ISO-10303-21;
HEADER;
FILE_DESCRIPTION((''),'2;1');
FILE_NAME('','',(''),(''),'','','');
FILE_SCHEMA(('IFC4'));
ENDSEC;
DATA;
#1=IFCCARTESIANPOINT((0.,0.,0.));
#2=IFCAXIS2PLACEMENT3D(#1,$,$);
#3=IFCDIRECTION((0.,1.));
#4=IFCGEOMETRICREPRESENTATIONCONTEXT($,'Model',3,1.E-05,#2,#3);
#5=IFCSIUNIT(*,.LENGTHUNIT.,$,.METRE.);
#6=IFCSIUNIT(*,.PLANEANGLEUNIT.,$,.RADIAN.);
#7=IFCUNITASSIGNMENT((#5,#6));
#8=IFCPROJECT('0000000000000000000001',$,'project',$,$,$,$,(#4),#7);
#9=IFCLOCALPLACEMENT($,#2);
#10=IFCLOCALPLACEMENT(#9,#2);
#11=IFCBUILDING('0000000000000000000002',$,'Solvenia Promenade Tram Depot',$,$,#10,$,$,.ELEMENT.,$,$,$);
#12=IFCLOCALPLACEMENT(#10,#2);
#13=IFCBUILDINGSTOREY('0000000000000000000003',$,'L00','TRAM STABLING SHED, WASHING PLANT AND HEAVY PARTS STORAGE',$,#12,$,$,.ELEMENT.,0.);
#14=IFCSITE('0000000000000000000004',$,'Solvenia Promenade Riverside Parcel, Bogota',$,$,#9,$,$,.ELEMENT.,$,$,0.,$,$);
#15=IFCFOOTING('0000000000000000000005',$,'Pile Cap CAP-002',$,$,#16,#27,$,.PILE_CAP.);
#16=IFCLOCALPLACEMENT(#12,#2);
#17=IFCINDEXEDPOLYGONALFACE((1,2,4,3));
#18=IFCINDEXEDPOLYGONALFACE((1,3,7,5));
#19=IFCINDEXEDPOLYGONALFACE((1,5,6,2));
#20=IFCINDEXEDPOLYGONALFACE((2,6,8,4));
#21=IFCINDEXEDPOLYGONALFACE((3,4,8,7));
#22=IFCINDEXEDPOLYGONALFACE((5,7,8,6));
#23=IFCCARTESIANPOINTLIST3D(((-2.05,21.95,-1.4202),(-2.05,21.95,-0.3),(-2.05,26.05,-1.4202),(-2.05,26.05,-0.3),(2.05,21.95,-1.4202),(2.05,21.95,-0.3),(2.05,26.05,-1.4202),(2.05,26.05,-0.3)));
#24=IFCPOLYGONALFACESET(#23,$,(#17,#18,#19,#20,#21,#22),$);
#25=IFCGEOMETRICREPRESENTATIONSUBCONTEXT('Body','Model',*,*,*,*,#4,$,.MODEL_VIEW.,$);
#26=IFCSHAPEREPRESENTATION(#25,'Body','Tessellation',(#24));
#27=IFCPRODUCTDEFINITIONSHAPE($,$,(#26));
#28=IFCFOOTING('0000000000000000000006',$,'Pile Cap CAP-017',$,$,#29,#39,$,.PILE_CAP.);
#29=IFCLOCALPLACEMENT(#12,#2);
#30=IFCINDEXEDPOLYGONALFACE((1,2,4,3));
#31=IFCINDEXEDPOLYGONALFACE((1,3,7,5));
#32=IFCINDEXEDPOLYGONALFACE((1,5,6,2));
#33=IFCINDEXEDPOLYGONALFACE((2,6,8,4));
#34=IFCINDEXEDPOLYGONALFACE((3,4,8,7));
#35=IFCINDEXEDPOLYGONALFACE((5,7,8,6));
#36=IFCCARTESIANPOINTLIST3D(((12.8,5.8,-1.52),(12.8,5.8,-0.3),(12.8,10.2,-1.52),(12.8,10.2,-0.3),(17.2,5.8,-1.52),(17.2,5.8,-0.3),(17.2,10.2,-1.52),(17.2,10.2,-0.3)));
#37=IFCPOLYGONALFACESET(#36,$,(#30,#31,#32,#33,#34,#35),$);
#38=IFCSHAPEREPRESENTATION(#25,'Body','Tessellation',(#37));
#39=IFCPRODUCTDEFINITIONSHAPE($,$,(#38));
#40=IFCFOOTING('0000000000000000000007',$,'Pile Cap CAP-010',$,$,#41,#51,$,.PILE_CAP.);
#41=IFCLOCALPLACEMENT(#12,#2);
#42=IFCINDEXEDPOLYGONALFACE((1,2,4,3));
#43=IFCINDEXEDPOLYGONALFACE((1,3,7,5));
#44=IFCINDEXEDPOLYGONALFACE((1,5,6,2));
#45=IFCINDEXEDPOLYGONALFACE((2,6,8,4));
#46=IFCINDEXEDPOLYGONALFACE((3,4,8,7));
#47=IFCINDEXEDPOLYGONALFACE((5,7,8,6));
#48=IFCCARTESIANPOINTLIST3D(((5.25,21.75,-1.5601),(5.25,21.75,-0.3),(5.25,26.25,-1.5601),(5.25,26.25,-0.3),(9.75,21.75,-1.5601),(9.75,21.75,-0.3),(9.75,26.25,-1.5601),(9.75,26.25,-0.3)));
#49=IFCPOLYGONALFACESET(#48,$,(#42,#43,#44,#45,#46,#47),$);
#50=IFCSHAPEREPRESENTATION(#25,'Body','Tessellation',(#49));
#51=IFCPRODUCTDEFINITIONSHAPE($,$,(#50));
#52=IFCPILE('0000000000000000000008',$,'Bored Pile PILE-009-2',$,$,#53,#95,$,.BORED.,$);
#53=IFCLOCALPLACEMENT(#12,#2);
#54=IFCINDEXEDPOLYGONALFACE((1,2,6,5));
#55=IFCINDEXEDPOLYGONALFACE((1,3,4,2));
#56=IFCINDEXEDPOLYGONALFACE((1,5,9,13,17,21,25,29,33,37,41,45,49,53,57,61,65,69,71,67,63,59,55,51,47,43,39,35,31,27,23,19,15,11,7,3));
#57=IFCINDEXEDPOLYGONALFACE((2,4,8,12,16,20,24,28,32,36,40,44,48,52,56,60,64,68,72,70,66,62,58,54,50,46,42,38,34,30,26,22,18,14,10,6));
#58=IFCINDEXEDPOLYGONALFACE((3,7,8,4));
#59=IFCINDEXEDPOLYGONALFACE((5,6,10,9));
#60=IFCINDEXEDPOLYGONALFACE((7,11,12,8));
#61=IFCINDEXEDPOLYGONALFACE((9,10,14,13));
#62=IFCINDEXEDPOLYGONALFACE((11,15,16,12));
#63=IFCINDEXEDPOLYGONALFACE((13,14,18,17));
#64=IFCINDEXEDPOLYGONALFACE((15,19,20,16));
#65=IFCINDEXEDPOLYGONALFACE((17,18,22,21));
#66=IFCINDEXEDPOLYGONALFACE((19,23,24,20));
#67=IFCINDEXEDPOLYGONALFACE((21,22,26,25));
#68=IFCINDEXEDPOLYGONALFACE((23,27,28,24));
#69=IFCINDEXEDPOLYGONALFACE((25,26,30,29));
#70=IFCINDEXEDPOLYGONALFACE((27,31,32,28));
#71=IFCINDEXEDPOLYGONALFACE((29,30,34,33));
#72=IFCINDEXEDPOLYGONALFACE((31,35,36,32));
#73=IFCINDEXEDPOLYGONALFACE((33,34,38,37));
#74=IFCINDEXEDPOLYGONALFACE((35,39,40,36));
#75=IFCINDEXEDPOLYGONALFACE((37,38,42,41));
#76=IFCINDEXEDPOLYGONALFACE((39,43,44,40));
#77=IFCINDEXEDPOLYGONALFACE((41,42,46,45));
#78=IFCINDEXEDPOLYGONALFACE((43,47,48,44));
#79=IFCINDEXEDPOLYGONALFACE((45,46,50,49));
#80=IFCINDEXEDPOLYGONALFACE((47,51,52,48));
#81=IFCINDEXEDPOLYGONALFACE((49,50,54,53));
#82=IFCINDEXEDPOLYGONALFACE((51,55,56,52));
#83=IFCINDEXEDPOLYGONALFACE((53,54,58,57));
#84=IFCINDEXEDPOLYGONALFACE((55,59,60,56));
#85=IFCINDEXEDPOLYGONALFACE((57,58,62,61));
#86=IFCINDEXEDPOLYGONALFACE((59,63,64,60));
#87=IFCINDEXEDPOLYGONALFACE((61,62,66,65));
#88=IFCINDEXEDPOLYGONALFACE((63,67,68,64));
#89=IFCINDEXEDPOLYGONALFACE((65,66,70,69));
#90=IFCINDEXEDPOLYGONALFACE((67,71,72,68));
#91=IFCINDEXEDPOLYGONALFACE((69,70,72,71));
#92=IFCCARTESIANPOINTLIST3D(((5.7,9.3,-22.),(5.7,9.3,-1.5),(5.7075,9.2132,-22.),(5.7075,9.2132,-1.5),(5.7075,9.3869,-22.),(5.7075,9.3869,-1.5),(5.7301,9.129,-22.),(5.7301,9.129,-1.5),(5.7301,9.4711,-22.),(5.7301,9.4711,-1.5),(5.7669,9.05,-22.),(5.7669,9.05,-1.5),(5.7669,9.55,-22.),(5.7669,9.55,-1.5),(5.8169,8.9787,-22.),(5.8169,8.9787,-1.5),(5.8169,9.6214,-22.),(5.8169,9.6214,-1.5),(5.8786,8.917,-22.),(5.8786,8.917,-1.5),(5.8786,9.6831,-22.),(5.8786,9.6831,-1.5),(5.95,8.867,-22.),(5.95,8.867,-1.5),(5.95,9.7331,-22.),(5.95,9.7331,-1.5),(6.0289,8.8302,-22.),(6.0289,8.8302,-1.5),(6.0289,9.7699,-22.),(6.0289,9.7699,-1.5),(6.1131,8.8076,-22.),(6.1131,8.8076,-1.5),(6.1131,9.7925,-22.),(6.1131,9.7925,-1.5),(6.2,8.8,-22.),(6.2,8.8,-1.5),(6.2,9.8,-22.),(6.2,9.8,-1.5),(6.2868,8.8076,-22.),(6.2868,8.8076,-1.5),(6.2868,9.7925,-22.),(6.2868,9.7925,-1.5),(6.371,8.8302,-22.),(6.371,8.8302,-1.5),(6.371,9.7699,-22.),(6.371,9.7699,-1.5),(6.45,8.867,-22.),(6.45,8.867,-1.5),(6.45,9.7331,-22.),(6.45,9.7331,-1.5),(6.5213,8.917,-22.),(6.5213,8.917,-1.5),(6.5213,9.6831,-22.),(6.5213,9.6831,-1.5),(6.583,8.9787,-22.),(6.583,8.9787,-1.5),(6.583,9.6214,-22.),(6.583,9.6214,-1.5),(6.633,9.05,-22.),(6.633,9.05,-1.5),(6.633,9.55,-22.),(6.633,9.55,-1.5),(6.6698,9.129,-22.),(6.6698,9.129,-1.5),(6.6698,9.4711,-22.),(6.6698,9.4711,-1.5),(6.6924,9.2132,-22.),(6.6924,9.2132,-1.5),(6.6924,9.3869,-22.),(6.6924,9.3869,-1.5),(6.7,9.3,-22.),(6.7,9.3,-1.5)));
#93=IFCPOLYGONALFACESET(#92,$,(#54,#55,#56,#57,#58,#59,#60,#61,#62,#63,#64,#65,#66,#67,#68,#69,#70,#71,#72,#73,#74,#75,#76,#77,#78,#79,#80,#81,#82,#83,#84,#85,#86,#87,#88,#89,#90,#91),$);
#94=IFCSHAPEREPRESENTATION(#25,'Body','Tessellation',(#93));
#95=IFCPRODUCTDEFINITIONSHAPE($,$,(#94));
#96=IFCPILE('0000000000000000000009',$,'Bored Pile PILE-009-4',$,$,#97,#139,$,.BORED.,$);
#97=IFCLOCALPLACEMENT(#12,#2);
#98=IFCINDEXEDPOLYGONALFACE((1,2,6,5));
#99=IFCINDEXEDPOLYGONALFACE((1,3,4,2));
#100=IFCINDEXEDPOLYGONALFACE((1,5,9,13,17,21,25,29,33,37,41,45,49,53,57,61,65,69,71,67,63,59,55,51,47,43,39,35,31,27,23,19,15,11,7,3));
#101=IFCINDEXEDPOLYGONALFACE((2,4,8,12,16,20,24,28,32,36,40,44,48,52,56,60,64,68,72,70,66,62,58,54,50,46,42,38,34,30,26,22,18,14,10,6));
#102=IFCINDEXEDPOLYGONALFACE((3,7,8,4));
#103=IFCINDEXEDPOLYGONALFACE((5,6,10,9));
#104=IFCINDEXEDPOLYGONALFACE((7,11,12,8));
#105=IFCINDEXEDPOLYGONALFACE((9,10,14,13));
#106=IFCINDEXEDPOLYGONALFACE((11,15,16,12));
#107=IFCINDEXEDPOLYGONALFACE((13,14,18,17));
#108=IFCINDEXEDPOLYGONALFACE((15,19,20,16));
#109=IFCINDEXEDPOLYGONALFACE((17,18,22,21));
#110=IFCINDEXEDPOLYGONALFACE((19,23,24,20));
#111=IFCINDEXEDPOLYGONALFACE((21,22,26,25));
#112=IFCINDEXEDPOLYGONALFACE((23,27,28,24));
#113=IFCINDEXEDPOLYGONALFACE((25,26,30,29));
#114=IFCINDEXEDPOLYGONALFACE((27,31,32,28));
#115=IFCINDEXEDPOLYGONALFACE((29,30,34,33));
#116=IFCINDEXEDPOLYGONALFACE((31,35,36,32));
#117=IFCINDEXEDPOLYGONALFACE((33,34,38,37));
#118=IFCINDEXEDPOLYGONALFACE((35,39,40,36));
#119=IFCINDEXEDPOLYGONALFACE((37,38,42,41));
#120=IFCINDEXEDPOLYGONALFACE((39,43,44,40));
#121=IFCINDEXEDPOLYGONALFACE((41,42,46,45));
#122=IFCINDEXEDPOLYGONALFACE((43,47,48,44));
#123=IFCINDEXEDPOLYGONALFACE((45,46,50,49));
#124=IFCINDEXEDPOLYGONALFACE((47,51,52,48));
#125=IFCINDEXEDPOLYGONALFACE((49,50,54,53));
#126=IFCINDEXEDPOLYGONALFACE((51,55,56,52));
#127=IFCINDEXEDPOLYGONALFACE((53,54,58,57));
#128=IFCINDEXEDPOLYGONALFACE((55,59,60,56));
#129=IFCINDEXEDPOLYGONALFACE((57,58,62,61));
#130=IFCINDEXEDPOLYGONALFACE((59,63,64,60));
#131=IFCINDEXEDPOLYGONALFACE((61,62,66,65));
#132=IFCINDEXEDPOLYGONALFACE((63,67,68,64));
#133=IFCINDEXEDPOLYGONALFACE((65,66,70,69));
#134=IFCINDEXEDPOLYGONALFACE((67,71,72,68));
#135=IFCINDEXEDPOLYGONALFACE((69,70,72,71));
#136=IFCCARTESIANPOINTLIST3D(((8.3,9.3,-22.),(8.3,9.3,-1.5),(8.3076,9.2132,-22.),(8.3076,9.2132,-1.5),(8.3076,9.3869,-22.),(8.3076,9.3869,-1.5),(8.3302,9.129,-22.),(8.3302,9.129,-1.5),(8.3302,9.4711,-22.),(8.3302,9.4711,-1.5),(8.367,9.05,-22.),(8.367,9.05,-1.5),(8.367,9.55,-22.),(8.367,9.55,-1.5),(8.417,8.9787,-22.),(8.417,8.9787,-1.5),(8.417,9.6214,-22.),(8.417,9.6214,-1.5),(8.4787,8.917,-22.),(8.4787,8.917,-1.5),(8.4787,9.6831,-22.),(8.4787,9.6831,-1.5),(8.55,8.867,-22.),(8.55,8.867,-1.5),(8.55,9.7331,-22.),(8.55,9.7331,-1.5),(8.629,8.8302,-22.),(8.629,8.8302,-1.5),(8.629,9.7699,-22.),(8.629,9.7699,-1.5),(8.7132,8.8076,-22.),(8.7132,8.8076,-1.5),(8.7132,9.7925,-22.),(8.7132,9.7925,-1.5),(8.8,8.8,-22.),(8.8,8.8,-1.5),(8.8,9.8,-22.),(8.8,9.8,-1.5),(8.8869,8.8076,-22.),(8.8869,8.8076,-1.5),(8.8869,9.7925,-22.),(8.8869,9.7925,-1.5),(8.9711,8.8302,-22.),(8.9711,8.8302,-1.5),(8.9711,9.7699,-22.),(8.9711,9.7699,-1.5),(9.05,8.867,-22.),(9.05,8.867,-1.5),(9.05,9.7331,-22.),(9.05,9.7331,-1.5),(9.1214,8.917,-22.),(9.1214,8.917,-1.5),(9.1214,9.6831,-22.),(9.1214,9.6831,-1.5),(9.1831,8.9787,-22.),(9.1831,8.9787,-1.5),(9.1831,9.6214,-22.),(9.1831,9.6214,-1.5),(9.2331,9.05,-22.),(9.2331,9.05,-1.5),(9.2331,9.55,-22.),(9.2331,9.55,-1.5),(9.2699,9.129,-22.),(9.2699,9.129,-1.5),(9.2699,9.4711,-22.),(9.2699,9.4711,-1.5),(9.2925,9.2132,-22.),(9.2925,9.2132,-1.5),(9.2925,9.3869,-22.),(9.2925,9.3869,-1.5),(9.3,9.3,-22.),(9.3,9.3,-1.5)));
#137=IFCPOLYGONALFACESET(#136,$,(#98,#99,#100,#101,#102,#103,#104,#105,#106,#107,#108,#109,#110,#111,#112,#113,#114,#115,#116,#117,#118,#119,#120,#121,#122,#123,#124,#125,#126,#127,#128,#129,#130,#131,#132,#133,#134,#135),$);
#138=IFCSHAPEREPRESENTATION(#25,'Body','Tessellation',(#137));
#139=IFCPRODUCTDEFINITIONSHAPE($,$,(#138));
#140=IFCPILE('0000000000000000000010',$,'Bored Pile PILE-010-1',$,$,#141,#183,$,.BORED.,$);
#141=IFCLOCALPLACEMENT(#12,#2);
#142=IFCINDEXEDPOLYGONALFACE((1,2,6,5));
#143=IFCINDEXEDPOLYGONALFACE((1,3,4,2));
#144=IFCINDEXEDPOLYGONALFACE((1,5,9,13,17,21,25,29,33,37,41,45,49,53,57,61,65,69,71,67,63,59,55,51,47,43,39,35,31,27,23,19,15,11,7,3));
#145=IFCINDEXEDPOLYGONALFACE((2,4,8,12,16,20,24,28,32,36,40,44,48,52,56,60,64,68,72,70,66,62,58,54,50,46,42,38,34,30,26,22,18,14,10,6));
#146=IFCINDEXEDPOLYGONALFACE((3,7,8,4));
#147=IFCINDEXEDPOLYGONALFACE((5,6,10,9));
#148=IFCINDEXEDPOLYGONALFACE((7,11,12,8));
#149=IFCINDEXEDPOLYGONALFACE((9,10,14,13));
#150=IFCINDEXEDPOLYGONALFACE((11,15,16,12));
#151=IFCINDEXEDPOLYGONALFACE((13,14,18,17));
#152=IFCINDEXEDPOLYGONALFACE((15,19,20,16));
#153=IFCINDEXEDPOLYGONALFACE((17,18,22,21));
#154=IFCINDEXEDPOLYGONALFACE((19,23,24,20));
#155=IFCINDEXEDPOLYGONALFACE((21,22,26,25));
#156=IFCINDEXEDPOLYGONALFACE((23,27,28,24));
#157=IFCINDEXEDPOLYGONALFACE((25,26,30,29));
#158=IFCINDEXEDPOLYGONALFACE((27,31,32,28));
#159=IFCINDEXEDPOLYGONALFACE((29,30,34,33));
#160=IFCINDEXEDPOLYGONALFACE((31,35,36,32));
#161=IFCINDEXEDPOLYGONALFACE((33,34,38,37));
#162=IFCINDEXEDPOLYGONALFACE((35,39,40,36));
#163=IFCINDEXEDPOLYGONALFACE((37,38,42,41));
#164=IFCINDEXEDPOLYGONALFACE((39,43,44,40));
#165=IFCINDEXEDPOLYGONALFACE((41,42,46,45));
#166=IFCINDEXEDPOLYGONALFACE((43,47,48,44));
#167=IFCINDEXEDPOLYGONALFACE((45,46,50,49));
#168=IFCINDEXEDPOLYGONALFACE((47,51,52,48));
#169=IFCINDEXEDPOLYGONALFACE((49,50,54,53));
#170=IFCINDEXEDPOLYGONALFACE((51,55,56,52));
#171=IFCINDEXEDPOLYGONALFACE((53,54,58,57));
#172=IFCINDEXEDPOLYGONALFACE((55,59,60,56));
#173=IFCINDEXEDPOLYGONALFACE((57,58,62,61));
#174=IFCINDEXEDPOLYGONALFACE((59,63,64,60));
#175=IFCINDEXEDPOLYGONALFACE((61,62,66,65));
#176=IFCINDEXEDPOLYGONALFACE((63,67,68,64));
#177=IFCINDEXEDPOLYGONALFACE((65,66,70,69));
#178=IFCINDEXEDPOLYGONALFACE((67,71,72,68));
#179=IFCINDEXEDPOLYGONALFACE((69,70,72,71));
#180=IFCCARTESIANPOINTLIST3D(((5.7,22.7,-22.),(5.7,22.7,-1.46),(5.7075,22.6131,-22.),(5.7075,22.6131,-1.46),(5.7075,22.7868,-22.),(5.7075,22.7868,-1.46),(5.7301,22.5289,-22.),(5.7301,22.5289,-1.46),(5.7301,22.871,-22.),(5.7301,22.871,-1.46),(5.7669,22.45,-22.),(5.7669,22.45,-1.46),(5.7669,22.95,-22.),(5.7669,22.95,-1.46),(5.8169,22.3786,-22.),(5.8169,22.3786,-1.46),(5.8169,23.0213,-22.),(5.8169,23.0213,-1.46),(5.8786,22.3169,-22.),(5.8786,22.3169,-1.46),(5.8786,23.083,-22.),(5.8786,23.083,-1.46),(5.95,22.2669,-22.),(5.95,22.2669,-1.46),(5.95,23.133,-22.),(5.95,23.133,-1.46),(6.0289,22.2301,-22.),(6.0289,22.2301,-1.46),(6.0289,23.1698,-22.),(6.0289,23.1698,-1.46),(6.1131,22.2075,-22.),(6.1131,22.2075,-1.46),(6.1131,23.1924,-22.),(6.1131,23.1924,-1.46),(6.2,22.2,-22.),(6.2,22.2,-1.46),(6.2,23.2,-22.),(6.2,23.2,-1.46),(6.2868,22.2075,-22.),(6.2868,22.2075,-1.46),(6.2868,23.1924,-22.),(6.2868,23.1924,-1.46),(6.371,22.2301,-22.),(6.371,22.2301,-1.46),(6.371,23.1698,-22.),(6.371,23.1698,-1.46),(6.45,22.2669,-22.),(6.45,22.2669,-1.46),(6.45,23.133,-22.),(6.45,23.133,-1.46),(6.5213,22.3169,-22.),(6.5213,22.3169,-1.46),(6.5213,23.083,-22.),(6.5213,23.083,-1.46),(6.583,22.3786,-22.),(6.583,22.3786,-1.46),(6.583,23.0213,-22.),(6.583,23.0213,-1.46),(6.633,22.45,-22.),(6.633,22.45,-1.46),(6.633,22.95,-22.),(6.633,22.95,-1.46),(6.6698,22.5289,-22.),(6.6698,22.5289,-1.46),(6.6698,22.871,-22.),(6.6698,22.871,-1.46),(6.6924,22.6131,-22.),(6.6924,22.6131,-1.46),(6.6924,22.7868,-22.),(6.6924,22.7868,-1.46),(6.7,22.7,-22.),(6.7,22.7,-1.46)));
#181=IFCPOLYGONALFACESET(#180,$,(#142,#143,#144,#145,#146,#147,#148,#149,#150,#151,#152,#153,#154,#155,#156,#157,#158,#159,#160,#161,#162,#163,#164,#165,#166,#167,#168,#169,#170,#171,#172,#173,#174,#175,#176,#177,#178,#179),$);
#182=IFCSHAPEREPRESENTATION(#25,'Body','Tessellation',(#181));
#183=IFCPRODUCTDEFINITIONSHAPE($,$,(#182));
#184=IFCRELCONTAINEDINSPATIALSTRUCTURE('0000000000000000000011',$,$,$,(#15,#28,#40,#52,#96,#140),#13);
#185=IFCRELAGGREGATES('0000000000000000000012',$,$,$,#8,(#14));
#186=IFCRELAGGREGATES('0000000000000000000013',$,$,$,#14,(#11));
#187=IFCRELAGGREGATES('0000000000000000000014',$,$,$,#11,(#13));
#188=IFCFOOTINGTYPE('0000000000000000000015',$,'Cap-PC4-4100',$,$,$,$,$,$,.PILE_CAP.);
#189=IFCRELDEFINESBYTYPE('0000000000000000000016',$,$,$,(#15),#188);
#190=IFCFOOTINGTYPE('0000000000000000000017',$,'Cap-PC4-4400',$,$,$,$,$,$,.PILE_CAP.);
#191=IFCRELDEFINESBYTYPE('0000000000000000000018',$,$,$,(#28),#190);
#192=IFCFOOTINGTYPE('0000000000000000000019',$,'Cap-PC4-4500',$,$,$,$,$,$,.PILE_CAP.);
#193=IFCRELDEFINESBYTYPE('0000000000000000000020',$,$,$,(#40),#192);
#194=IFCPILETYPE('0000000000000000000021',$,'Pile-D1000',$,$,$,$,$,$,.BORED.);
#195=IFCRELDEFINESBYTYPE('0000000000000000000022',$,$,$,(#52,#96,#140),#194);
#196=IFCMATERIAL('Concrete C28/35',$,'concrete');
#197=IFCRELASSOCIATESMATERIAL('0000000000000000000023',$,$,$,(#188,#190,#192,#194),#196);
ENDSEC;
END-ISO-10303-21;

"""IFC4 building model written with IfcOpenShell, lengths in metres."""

from ifc_helpers import new_model, si_unit, direction, frame, origin, origin_2d, place, context, subcontext, project, spatial, rectangle, circle, extrude, material, material_profile, profile_set, type_object, element, save


model = new_model("IFC4")

# Units and contexts
model_context = context("Model", 3, precision=1e-05, world=origin(), true_north=direction((0.0, 1.0)))
body_context = subcontext(model_context, "Body", "Model", "MODEL_VIEW")
ifc_project = project(units=[si_unit("LENGTHUNIT", "METRE"), si_unit("PLANEANGLEUNIT", "RADIAN")], contexts=[model_context])

# Site, building, storey
site_placement = place(None, origin())
site = spatial("IfcSite", under=ifc_project, at=site_placement, Name="Solvenia Promenade Riverside Parcel, Bogota", CompositionType="ELEMENT", RefElevation=0.0)
building_placement = place(site_placement, origin())
building = spatial("IfcBuilding", under=site, at=building_placement, Name="Solvenia Promenade Tram Depot", CompositionType="ELEMENT")
storey_placement = place(building_placement, origin())
storey = spatial("IfcBuildingStorey", under=building, at=storey_placement, Name="L00", Description="TRAM STABLING SHED, WASHING PLANT AND HEAVY PARTS STORAGE", CompositionType="ELEMENT", Elevation=0.0)

# Footings
ifc_material_1 = material(Name="Concrete C28/35", Category="concrete")
footing_type_1 = type_object("IfcFootingType", Name="Cap-PC4-4100", PredefinedType="PILE_CAP", material=ifc_material_1)
footing_1_placement = place(storey_placement, frame((0.0, 24.0, -1.4202), z_axis=(0.0, 0.0, 1.0), x_axis=(1.0, 0.0, 0.0)))
element("IfcFooting", 1, at=footing_1_placement, inside=storey, type_object=footing_type_1, Name="Pile Cap CAP-002", PredefinedType="PILE_CAP", context=body_context, shape_type="SweptSolid", body=[
    extrude(rectangle(XDim=4.1001, YDim=4.1001, at=origin_2d()), origin(), (0.0, 0.0, 1.0), 1.1201),
])
footing_type_2 = type_object("IfcFootingType", Name="Cap-PC4-4400", PredefinedType="PILE_CAP", material=ifc_material_1)
footing_2_placement = place(storey_placement, frame((15.0, 8.0, -1.52), z_axis=(0.0, 0.0, 1.0), x_axis=(1.0, 0.0, 0.0)))
element("IfcFooting", 2, at=footing_2_placement, inside=storey, type_object=footing_type_2, Name="Pile Cap CAP-017", PredefinedType="PILE_CAP", context=body_context, shape_type="SweptSolid", body=[
    extrude(rectangle(XDim=4.3999, YDim=4.3999, at=origin_2d()), origin(), (0.0, 0.0, 1.0), 1.22),
])
footing_type_3 = type_object("IfcFootingType", Name="Cap-PC4-4500", PredefinedType="PILE_CAP", material=ifc_material_1)
footing_3_placement = place(storey_placement, frame((7.5, 24.0, -1.5601), z_axis=(0.0, 0.0, 1.0), x_axis=(1.0, 0.0, 0.0)))
element("IfcFooting", 3, at=footing_3_placement, inside=storey, type_object=footing_type_3, Name="Pile Cap CAP-010", PredefinedType="PILE_CAP", context=body_context, shape_type="SweptSolid", body=[
    extrude(rectangle(XDim=4.5, YDim=4.5, at=origin_2d()), origin(), (0.0, 0.0, 1.0), 1.26),
])

# Piles
ifc_material_profile_1 = material_profile(ifc_material_1, circle(Radius=0.5, at=origin_2d()), Name="D1000", Category="concrete")
ifc_profile_set_1 = profile_set([ifc_material_profile_1], Name="Concrete C28/35")
pile_type_1 = type_object("IfcPileType", Name="Pile-D1000", PredefinedType="BORED", material=ifc_profile_set_1)
for number, where, z_axis, x_axis, name in (
    (4, (6.2, 9.3, -1.5), (0.0, 0.0, -1.0), (1.0, 0.0, 0.0), "Bored Pile PILE-009-2"),
    (5, (8.8, 9.3, -1.5), (0.0, 0.0, -1.0), (1.0, 0.0, 0.0), "Bored Pile PILE-009-4"),
):
    element("IfcPile", number, at=place(storey_placement, frame(where, z_axis=z_axis, x_axis=x_axis)), inside=storey, type_object=pile_type_1, Name=name, PredefinedType="BORED", context=body_context, shape_type="SweptSolid", body=[
        extrude(circle(Radius=0.5, at=origin_2d()), origin(), (0.0, 0.0, 1.0), 20.5),
    ])
for number, where, z_axis, x_axis, name in (
    (6, (6.2, 22.7, -1.46), (0.0, 0.0, -1.0), (1.0, 0.0, 0.0), "Bored Pile PILE-010-1"),
):
    element("IfcPile", number, at=place(storey_placement, frame(where, z_axis=z_axis, x_axis=x_axis)), inside=storey, type_object=pile_type_1, Name=name, PredefinedType="BORED", context=body_context, shape_type="SweptSolid", body=[
        extrude(circle(Radius=0.5, at=origin_2d()), origin(), (0.0, 0.0, 1.0), 20.54),
    ])

save(model, "model.ifc")
